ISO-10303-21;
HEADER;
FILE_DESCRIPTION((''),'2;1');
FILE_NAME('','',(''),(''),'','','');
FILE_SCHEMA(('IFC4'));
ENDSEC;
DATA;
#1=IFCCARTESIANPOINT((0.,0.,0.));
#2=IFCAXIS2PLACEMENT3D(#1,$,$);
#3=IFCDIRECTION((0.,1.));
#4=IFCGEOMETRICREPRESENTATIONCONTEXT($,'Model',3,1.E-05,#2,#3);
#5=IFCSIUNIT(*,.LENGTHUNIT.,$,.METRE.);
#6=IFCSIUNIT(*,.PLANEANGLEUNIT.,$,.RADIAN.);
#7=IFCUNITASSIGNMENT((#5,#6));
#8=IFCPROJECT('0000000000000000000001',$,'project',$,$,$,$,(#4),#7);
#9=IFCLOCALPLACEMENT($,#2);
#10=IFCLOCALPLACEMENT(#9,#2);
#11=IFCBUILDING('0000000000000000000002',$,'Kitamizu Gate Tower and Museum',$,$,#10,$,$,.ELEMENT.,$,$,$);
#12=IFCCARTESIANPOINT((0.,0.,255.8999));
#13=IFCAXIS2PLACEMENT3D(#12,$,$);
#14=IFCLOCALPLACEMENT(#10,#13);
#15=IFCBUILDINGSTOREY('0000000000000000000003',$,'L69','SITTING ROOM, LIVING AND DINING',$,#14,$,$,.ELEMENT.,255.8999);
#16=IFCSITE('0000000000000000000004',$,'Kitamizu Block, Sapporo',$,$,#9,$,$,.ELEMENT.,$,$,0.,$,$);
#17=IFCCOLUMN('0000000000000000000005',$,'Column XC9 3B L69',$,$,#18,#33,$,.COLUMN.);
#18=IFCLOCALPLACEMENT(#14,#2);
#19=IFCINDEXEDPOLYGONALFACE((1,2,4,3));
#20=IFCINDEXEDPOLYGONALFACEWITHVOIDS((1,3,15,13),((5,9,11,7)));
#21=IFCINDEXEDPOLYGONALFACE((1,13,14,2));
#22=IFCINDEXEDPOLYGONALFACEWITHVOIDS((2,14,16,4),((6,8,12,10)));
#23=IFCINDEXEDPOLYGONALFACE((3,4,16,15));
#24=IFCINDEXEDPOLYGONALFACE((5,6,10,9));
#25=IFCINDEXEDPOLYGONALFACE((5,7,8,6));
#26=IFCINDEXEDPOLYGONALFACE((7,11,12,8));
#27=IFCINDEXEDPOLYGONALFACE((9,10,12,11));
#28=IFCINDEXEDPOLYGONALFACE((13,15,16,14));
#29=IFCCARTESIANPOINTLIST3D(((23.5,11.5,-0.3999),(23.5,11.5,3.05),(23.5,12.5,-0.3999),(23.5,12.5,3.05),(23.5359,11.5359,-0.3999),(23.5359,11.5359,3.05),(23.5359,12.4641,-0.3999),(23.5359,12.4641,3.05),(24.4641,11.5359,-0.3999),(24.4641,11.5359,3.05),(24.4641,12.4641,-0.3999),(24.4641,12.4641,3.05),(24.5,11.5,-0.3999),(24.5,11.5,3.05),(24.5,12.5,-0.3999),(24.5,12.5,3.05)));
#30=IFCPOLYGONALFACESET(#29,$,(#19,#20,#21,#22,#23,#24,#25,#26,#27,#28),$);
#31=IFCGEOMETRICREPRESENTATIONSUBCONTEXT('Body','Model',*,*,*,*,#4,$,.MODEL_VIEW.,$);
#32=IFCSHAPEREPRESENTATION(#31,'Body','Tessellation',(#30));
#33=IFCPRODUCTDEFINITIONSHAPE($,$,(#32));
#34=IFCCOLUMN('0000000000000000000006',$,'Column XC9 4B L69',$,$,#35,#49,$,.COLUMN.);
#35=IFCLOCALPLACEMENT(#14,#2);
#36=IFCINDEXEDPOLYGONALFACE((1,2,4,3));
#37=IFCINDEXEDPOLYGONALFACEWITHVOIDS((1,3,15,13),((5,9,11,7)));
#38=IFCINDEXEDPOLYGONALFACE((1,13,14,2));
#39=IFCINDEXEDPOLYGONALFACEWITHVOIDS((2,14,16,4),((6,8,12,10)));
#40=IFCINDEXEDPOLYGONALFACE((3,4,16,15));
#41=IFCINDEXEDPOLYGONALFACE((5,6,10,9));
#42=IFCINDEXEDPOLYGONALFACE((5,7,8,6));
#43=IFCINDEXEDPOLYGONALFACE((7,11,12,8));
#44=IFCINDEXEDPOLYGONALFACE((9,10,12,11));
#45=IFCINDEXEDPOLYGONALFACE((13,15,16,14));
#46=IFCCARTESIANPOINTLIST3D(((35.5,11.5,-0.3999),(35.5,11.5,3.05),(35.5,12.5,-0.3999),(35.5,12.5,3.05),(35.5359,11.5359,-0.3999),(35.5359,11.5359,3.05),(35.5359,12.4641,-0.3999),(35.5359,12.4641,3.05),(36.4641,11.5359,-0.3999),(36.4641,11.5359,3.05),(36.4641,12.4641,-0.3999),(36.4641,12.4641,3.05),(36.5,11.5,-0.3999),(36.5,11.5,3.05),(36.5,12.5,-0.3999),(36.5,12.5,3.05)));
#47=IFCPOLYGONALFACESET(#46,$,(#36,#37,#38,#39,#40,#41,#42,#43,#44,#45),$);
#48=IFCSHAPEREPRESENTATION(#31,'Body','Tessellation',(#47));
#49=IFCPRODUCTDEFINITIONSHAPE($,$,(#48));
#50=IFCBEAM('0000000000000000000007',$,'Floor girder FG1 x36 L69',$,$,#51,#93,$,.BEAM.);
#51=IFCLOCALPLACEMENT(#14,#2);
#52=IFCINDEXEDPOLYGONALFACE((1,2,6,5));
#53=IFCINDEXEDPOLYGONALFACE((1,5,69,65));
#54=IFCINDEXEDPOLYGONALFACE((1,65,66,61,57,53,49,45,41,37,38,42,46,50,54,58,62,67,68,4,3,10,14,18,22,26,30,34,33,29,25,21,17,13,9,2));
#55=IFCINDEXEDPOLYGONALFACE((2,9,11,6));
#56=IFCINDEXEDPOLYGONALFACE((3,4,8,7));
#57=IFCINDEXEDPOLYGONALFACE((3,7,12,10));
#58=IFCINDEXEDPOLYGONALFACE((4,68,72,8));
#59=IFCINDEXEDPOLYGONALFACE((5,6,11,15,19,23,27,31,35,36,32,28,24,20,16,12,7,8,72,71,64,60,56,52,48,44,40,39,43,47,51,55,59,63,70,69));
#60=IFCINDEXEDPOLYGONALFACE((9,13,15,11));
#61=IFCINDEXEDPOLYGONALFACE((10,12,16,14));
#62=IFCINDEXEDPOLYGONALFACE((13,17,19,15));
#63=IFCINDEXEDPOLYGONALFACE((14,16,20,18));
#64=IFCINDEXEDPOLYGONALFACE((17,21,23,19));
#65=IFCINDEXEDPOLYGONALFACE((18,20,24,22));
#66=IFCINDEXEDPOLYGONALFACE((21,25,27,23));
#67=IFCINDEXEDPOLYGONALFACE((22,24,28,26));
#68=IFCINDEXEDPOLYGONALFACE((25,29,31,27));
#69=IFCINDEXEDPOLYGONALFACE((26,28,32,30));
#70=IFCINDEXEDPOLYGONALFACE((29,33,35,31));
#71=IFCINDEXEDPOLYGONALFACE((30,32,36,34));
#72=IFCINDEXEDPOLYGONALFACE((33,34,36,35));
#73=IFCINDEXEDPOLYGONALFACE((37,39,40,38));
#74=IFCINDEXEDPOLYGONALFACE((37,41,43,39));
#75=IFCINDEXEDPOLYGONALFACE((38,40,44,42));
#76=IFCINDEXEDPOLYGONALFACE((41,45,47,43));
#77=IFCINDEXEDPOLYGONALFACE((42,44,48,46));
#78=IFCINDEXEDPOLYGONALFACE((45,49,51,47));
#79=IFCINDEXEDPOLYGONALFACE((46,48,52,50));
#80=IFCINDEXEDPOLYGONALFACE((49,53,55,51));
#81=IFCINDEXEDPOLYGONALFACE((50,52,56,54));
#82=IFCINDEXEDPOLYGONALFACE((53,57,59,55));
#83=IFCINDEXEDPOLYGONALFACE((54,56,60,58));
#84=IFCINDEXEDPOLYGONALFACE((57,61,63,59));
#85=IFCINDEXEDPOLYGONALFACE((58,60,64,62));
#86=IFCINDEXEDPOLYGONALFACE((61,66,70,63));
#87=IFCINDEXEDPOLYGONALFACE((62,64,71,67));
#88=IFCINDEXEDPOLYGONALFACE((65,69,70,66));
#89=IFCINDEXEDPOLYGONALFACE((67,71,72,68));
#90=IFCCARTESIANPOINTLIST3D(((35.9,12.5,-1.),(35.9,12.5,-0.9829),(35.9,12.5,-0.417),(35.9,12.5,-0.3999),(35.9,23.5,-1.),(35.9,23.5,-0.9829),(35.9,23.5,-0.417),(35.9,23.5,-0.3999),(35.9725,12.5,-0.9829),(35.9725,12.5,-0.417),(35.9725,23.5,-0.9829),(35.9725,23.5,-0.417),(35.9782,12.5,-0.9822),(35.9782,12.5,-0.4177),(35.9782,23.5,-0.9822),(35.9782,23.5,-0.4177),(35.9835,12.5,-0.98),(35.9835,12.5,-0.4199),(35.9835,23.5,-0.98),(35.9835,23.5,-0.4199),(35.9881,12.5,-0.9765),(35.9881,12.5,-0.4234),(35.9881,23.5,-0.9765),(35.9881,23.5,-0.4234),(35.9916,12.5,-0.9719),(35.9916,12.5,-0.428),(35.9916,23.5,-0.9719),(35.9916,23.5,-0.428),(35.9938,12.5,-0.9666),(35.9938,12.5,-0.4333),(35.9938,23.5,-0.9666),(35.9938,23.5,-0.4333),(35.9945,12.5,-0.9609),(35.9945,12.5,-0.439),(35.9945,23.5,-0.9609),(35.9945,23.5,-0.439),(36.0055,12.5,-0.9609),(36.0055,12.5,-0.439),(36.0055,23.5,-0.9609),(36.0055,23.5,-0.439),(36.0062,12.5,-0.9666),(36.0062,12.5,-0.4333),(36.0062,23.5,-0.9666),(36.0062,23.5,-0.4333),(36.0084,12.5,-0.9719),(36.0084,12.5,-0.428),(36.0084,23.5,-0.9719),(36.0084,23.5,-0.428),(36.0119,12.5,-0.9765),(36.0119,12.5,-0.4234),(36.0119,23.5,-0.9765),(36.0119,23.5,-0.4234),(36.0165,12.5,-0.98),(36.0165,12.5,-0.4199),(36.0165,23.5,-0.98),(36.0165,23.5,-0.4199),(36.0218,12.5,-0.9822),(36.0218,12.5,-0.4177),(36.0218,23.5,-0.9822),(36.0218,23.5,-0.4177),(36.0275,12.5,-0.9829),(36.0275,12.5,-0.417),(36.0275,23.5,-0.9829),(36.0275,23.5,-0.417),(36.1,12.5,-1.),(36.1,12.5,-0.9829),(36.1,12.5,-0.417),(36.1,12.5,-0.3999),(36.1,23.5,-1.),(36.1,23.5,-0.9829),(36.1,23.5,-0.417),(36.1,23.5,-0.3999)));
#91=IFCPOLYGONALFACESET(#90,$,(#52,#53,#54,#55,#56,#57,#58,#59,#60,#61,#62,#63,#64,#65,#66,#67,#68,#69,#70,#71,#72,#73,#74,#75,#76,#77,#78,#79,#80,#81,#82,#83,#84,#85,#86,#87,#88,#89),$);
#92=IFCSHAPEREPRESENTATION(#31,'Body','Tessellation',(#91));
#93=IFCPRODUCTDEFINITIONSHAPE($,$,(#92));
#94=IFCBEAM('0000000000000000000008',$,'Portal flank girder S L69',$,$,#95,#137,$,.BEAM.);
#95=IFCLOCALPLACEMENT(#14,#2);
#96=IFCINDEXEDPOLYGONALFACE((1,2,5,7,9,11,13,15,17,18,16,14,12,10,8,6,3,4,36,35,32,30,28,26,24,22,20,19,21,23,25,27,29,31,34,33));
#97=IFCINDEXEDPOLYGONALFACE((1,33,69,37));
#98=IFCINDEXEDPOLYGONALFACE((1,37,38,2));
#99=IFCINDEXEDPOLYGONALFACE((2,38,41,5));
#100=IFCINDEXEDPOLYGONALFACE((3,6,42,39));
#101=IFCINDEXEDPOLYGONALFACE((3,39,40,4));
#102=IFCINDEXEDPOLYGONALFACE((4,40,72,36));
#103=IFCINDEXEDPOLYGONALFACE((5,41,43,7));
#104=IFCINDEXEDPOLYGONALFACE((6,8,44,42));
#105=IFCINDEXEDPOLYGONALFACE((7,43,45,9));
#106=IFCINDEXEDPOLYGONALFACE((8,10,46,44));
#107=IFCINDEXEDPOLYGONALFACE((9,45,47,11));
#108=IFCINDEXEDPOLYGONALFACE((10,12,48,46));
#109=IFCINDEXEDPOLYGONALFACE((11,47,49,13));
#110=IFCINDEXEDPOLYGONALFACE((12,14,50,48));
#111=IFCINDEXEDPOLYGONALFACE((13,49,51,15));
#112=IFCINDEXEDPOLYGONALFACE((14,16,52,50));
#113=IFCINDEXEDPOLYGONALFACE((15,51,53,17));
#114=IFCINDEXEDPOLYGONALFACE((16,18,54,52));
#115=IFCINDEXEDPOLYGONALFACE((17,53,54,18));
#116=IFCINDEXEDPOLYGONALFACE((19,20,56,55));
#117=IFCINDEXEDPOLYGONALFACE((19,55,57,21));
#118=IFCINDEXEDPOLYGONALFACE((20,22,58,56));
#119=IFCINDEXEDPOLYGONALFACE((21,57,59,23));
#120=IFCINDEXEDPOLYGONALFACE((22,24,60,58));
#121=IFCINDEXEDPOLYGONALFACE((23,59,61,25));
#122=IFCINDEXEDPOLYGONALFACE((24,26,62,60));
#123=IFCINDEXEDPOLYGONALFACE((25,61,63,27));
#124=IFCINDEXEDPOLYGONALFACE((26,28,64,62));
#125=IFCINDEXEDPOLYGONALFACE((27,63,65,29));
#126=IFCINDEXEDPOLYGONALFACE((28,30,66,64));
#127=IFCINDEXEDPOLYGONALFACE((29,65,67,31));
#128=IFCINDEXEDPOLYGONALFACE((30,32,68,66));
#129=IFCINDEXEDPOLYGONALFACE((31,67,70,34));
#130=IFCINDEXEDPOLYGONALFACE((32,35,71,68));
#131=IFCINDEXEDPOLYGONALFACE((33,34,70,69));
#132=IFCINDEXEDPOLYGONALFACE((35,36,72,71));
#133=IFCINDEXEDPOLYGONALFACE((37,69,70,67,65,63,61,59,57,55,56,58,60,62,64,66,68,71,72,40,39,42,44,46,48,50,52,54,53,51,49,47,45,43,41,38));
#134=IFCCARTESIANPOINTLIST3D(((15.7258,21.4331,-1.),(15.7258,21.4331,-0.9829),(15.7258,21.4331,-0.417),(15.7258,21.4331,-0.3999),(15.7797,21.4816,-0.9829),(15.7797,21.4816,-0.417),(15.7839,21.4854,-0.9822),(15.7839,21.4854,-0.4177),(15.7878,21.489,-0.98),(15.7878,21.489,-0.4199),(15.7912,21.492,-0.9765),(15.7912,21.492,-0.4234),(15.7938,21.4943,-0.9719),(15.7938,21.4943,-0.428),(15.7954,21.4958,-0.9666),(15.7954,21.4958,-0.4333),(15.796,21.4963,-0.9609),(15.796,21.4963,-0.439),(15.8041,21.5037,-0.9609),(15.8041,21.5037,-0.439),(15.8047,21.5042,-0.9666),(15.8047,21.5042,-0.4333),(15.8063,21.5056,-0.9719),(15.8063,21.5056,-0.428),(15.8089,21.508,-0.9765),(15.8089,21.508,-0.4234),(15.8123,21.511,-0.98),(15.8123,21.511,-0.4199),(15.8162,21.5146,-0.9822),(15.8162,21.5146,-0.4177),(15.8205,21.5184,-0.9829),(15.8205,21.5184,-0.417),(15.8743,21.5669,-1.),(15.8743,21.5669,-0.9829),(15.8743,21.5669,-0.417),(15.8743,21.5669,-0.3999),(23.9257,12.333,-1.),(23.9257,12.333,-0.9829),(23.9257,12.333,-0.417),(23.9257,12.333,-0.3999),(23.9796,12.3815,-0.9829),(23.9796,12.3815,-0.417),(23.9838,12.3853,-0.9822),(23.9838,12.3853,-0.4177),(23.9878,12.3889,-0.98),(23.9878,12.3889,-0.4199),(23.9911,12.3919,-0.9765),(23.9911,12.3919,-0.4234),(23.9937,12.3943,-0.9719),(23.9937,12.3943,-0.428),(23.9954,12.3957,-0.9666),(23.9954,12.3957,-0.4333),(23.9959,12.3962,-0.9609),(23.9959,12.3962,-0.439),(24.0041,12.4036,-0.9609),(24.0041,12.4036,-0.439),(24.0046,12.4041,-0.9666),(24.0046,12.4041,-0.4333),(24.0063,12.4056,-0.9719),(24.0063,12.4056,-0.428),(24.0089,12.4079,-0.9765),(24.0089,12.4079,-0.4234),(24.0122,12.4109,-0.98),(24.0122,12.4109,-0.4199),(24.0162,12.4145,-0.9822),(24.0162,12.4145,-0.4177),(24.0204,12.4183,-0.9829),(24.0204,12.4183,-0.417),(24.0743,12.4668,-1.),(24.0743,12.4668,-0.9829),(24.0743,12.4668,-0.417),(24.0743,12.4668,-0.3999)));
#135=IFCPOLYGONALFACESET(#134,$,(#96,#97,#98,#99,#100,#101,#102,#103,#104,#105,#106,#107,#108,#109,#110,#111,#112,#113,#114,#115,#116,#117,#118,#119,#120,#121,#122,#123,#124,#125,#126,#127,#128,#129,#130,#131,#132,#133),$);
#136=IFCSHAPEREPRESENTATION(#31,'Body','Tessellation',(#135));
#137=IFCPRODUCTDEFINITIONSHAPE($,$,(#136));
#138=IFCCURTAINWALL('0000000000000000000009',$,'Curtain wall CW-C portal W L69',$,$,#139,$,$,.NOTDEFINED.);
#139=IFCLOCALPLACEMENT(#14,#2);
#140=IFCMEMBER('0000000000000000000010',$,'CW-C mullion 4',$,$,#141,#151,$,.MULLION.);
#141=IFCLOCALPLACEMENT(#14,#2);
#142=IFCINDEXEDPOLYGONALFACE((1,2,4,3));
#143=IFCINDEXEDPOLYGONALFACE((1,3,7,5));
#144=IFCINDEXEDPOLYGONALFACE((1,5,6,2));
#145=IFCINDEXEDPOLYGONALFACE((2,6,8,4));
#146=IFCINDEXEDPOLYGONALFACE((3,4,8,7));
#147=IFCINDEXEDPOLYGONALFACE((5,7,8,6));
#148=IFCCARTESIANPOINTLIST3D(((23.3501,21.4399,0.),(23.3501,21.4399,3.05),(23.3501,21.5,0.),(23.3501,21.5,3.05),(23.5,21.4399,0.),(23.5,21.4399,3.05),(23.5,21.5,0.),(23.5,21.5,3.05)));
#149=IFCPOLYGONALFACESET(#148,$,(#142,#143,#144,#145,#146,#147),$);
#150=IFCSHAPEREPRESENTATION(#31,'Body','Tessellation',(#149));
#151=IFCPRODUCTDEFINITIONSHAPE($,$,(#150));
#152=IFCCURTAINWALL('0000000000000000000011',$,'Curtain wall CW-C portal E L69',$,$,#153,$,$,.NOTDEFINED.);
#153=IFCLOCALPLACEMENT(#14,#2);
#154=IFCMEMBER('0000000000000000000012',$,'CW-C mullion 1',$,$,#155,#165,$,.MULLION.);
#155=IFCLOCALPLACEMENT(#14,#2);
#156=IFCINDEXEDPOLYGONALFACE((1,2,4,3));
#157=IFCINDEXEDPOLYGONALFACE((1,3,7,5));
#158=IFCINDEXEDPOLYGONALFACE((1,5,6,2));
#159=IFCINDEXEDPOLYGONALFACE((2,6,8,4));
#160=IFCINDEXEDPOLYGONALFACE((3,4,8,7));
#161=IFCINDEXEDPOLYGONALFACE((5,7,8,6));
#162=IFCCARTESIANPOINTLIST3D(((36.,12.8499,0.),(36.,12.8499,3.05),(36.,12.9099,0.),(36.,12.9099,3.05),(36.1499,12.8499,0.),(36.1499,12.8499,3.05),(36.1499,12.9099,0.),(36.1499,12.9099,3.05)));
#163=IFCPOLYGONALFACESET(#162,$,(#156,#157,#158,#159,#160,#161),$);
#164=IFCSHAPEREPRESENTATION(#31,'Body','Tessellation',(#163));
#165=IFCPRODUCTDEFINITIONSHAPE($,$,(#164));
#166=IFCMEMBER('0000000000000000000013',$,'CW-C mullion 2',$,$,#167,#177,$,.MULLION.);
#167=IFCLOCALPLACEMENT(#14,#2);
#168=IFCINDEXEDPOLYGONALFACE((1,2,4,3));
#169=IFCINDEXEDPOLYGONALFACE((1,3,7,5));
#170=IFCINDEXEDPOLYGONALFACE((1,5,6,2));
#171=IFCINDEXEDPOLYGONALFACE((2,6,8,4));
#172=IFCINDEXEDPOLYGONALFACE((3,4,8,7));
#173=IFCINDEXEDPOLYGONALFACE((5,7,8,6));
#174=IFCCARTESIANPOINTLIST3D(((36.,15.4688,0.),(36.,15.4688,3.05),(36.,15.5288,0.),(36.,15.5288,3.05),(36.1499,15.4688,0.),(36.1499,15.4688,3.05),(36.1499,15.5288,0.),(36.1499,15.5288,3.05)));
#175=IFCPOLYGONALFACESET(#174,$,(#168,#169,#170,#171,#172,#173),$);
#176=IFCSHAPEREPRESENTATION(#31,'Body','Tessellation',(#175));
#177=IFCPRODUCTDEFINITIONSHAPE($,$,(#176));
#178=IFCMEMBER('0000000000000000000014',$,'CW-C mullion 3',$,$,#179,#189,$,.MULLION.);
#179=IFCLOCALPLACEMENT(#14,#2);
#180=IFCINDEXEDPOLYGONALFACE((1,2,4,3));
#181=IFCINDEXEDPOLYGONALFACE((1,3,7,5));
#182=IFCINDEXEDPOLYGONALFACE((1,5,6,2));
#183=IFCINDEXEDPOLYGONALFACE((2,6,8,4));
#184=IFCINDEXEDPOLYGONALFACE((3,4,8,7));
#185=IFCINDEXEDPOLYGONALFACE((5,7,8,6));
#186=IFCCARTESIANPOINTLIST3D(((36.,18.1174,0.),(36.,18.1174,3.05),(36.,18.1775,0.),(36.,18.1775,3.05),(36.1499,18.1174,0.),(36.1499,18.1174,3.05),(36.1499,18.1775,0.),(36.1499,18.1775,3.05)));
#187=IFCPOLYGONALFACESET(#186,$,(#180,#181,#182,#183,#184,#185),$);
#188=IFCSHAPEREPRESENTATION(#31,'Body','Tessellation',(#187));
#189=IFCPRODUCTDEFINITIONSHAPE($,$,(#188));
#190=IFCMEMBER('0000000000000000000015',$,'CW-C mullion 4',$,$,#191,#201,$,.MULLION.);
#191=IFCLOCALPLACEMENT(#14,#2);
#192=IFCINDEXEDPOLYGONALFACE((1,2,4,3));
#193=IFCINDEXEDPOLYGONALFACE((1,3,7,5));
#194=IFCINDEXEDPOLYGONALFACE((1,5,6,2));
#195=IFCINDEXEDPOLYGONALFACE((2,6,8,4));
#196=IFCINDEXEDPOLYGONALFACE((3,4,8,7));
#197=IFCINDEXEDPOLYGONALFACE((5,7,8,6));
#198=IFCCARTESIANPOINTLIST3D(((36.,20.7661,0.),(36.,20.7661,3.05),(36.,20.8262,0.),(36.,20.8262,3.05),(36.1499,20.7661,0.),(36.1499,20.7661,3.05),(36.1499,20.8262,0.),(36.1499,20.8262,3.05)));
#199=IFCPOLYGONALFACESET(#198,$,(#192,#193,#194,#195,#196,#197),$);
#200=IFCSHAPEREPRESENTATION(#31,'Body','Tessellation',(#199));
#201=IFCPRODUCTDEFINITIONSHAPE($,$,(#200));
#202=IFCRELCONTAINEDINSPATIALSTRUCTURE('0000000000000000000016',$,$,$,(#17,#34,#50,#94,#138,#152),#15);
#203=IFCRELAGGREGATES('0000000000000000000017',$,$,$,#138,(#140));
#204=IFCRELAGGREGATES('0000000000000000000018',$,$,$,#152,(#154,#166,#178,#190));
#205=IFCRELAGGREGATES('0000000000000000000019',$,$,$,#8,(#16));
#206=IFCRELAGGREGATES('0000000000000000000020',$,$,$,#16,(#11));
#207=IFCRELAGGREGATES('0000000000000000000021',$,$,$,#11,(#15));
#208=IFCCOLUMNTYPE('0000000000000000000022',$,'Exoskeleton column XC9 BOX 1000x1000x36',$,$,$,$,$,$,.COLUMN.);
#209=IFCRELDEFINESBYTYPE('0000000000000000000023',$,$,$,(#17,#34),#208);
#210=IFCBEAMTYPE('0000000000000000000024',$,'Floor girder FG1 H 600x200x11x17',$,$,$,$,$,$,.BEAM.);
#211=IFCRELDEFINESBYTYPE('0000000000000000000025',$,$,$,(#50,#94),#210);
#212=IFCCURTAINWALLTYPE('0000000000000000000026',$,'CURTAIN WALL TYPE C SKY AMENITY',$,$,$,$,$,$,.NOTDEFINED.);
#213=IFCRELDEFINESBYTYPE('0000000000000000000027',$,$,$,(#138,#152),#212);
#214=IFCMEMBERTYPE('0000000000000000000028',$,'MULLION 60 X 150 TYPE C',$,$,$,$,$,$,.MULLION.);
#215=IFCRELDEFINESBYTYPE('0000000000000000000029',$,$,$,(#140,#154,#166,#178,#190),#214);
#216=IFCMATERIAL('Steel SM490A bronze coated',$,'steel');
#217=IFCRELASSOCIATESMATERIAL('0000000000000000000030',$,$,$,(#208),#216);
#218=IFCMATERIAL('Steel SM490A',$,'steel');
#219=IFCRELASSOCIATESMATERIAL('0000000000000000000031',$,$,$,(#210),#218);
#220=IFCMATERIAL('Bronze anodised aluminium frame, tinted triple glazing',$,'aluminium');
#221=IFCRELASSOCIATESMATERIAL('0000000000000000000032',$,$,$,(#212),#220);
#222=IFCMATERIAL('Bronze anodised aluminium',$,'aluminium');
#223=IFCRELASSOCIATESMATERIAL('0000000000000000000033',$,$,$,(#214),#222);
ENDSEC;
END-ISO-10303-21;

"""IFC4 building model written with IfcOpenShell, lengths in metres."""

from ifc_helpers import new_model, si_unit, direction, frame, origin, origin_2d, place, context, subcontext, project, spatial, rectangle, hollow_rectangle, i_section, extrude, material, material_profile, profile_set, type_object, element, aggregate, save


model = new_model("IFC4")

# Units and contexts
model_context = context("Model", 3, precision=1e-05, world=origin(), true_north=direction((0.0, 1.0)))
body_context = subcontext(model_context, "Body", "Model", "MODEL_VIEW")
ifc_project = project(units=[si_unit("LENGTHUNIT", "METRE"), si_unit("PLANEANGLEUNIT", "RADIAN")], contexts=[model_context])

# Site, building, storey
site_placement = place(None, origin())
site = spatial("IfcSite", under=ifc_project, at=site_placement, Name="Kitamizu Block, Sapporo", CompositionType="ELEMENT", RefElevation=0.0)
building_placement = place(site_placement, origin())
building = spatial("IfcBuilding", under=site, at=building_placement, Name="Kitamizu Gate Tower and Museum", CompositionType="ELEMENT")
storey_placement = place(building_placement, frame((0.0, 0.0, 255.8999)))
storey = spatial("IfcBuildingStorey", under=building, at=storey_placement, Name="L69", Description="SITTING ROOM, LIVING AND DINING", CompositionType="ELEMENT", Elevation=255.8999)

# Columns
ifc_material_1 = material(Name="Steel SM490A bronze coated", Category="steel")
ifc_material_profile_1 = material_profile(ifc_material_1, hollow_rectangle(XDim=1.0, YDim=1.0, WallThickness=0.0359, at=origin_2d()), Name="BOX 1000x1000x36")
ifc_profile_set_1 = profile_set([ifc_material_profile_1], Name="Steel SM490A bronze coated")
column_type = type_object("IfcColumnType", Name="Exoskeleton column XC9 BOX 1000x1000x36", PredefinedType="COLUMN", material=ifc_profile_set_1)
for number, where, z_axis, x_axis, name in (
    (1, (24.0, 12.0, -0.3999), (0.0, 0.0, 1.0), (1.0, 0.0, 0.0), "Column XC9 3B L69"),
    (2, (36.0, 12.0, -0.3999), (0.0, 0.0, 1.0), (1.0, 0.0, 0.0), "Column XC9 4B L69"),
):
    element("IfcColumn", number, at=place(storey_placement, frame(where, z_axis=z_axis, x_axis=x_axis)), inside=storey, type_object=column_type, Name=name, PredefinedType="COLUMN", context=body_context, shape_type="SweptSolid", body=[
        extrude(hollow_rectangle(XDim=1.0, YDim=1.0, WallThickness=0.0359, at=origin_2d()), origin(), (0.0, 0.0, 1.0), 3.45),
    ])

# Beams
ifc_material_2 = material(Name="Steel SM490A", Category="steel")
ifc_material_profile_2 = material_profile(ifc_material_2, i_section(OverallWidth=0.2, OverallDepth=0.6001, WebThickness=0.011, FlangeThickness=0.0171, FilletRadius=0.022, at=origin_2d()), Name="H-600x200x11x17")
ifc_profile_set_2 = profile_set([ifc_material_profile_2], Name="Steel SM490A")
beam_type = type_object("IfcBeamType", Name="Floor girder FG1 H 600x200x11x17", PredefinedType="BEAM", material=ifc_profile_set_2)
beam_1_placement = place(storey_placement, frame((36.0, 12.5, -0.7), z_axis=(0.0, 1.0, 0.0), x_axis=(-1.0, 0.0, 0.0)))
element("IfcBeam", 3, at=beam_1_placement, inside=storey, type_object=beam_type, Name="Floor girder FG1 x36 L69", PredefinedType="BEAM", context=body_context, shape_type="SweptSolid", body=[
    extrude(i_section(OverallWidth=0.2, OverallDepth=0.6001, WebThickness=0.011, FlangeThickness=0.0171, FilletRadius=0.022, at=origin_2d()), origin(), (0.0, 0.0, 1.0), 11.0),
])
beam_2_placement = place(storey_placement, frame((24.0, 12.3999, -0.7), z_axis=(-0.669409, 0.742894, 0.0), x_axis=(-0.742894, -0.669409, 0.0)))
element("IfcBeam", 4, at=beam_2_placement, inside=storey, type_object=beam_type, Name="Portal flank girder S L69", PredefinedType="BEAM", context=body_context, shape_type="SweptSolid", body=[
    extrude(i_section(OverallWidth=0.2, OverallDepth=0.6001, WebThickness=0.011, FlangeThickness=0.0171, FilletRadius=0.022, at=origin_2d()), origin(), (0.0, 0.0, 1.0), 12.2495),
])

# Curtain wall, member
ifc_material_3 = material(Name="Bronze anodised aluminium frame, tinted triple glazing", Category="aluminium")
curtain_wall_type = type_object("IfcCurtainWallType", Name="CURTAIN WALL TYPE C SKY AMENITY", PredefinedType="NOTDEFINED", material=ifc_material_3)
curtain_wall_1_placement = place(storey_placement, origin())
curtain_wall_1 = element("IfcCurtainWall", 5, at=curtain_wall_1_placement, inside=storey, type_object=curtain_wall_type, Name="Curtain wall CW-C portal W L69", PredefinedType="NOTDEFINED")
ifc_material_4 = material(Name="Bronze anodised aluminium", Category="aluminium")
ifc_material_profile_3 = material_profile(ifc_material_4, rectangle(XDim=0.0601, YDim=0.1499, at=origin_2d()), Name="AL 60X150")
ifc_profile_set_3 = profile_set([ifc_material_profile_3], Name="Bronze anodised aluminium")
member_type_1 = type_object("IfcMemberType", Name="MULLION 60 X 150 TYPE C", PredefinedType="MULLION", material=ifc_profile_set_3)
member_1_placement = place(storey_placement, frame((23.425, 21.47, 0.0), z_axis=(0.0, 0.0, 1.0), x_axis=(0.0, 1.0, 0.0)))
member_1 = element("IfcMember", 6, at=member_1_placement, type_object=member_type_1, Name="CW-C mullion 4", PredefinedType="MULLION", context=body_context, shape_type="SweptSolid", body=[
    extrude(rectangle(XDim=0.0601, YDim=0.1499, at=origin_2d()), origin(), (0.0, 0.0, 1.0), 3.05),
])

# Curtain wall, members
curtain_wall_2_placement = place(storey_placement, origin())
curtain_wall_2 = element("IfcCurtainWall", 7, at=curtain_wall_2_placement, inside=storey, type_object=curtain_wall_type, Name="Curtain wall CW-C portal E L69", PredefinedType="NOTDEFINED")
member_2_placement = place(storey_placement, frame((36.075, 12.8799, 0.0), z_axis=(0.0, 0.0, 1.0), x_axis=(0.0, 1.0, 0.0)))
member_2 = element("IfcMember", 8, at=member_2_placement, type_object=member_type_1, Name="CW-C mullion 1", PredefinedType="MULLION", context=body_context, shape_type="SweptSolid", body=[
    extrude(rectangle(XDim=0.0601, YDim=0.1499, at=origin_2d()), origin(), (0.0, 0.0, 1.0), 3.05),
])
member_3_placement = place(storey_placement, frame((36.075, 15.4988, 0.0), z_axis=(0.0, 0.0, 1.0), x_axis=(0.0, 1.0, 0.0)))
member_3 = element("IfcMember", 9, at=member_3_placement, type_object=member_type_1, Name="CW-C mullion 2", PredefinedType="MULLION", context=body_context, shape_type="SweptSolid", body=[
    extrude(rectangle(XDim=0.0601, YDim=0.1499, at=origin_2d()), origin(), (0.0, 0.0, 1.0), 3.05),
])
member_4_placement = place(storey_placement, frame((36.075, 18.1475, 0.0), z_axis=(0.0, 0.0, 1.0), x_axis=(0.0, 1.0, 0.0)))
member_4 = element("IfcMember", 10, at=member_4_placement, type_object=member_type_1, Name="CW-C mullion 3", PredefinedType="MULLION", context=body_context, shape_type="SweptSolid", body=[
    extrude(rectangle(XDim=0.0601, YDim=0.1499, at=origin_2d()), origin(), (0.0, 0.0, 1.0), 3.05),
])
member_5_placement = place(storey_placement, frame((36.075, 20.7961, 0.0), z_axis=(0.0, 0.0, 1.0), x_axis=(0.0, 1.0, 0.0)))
member_5 = element("IfcMember", 11, at=member_5_placement, type_object=member_type_1, Name="CW-C mullion 4", PredefinedType="MULLION", context=body_context, shape_type="SweptSolid", body=[
    extrude(rectangle(XDim=0.0601, YDim=0.1499, at=origin_2d()), origin(), (0.0, 0.0, 1.0), 3.05),
])

aggregate(curtain_wall_1, [member_1])
aggregate(curtain_wall_2, [member_2, member_3, member_4, member_5])

save(model, "model.ifc")
